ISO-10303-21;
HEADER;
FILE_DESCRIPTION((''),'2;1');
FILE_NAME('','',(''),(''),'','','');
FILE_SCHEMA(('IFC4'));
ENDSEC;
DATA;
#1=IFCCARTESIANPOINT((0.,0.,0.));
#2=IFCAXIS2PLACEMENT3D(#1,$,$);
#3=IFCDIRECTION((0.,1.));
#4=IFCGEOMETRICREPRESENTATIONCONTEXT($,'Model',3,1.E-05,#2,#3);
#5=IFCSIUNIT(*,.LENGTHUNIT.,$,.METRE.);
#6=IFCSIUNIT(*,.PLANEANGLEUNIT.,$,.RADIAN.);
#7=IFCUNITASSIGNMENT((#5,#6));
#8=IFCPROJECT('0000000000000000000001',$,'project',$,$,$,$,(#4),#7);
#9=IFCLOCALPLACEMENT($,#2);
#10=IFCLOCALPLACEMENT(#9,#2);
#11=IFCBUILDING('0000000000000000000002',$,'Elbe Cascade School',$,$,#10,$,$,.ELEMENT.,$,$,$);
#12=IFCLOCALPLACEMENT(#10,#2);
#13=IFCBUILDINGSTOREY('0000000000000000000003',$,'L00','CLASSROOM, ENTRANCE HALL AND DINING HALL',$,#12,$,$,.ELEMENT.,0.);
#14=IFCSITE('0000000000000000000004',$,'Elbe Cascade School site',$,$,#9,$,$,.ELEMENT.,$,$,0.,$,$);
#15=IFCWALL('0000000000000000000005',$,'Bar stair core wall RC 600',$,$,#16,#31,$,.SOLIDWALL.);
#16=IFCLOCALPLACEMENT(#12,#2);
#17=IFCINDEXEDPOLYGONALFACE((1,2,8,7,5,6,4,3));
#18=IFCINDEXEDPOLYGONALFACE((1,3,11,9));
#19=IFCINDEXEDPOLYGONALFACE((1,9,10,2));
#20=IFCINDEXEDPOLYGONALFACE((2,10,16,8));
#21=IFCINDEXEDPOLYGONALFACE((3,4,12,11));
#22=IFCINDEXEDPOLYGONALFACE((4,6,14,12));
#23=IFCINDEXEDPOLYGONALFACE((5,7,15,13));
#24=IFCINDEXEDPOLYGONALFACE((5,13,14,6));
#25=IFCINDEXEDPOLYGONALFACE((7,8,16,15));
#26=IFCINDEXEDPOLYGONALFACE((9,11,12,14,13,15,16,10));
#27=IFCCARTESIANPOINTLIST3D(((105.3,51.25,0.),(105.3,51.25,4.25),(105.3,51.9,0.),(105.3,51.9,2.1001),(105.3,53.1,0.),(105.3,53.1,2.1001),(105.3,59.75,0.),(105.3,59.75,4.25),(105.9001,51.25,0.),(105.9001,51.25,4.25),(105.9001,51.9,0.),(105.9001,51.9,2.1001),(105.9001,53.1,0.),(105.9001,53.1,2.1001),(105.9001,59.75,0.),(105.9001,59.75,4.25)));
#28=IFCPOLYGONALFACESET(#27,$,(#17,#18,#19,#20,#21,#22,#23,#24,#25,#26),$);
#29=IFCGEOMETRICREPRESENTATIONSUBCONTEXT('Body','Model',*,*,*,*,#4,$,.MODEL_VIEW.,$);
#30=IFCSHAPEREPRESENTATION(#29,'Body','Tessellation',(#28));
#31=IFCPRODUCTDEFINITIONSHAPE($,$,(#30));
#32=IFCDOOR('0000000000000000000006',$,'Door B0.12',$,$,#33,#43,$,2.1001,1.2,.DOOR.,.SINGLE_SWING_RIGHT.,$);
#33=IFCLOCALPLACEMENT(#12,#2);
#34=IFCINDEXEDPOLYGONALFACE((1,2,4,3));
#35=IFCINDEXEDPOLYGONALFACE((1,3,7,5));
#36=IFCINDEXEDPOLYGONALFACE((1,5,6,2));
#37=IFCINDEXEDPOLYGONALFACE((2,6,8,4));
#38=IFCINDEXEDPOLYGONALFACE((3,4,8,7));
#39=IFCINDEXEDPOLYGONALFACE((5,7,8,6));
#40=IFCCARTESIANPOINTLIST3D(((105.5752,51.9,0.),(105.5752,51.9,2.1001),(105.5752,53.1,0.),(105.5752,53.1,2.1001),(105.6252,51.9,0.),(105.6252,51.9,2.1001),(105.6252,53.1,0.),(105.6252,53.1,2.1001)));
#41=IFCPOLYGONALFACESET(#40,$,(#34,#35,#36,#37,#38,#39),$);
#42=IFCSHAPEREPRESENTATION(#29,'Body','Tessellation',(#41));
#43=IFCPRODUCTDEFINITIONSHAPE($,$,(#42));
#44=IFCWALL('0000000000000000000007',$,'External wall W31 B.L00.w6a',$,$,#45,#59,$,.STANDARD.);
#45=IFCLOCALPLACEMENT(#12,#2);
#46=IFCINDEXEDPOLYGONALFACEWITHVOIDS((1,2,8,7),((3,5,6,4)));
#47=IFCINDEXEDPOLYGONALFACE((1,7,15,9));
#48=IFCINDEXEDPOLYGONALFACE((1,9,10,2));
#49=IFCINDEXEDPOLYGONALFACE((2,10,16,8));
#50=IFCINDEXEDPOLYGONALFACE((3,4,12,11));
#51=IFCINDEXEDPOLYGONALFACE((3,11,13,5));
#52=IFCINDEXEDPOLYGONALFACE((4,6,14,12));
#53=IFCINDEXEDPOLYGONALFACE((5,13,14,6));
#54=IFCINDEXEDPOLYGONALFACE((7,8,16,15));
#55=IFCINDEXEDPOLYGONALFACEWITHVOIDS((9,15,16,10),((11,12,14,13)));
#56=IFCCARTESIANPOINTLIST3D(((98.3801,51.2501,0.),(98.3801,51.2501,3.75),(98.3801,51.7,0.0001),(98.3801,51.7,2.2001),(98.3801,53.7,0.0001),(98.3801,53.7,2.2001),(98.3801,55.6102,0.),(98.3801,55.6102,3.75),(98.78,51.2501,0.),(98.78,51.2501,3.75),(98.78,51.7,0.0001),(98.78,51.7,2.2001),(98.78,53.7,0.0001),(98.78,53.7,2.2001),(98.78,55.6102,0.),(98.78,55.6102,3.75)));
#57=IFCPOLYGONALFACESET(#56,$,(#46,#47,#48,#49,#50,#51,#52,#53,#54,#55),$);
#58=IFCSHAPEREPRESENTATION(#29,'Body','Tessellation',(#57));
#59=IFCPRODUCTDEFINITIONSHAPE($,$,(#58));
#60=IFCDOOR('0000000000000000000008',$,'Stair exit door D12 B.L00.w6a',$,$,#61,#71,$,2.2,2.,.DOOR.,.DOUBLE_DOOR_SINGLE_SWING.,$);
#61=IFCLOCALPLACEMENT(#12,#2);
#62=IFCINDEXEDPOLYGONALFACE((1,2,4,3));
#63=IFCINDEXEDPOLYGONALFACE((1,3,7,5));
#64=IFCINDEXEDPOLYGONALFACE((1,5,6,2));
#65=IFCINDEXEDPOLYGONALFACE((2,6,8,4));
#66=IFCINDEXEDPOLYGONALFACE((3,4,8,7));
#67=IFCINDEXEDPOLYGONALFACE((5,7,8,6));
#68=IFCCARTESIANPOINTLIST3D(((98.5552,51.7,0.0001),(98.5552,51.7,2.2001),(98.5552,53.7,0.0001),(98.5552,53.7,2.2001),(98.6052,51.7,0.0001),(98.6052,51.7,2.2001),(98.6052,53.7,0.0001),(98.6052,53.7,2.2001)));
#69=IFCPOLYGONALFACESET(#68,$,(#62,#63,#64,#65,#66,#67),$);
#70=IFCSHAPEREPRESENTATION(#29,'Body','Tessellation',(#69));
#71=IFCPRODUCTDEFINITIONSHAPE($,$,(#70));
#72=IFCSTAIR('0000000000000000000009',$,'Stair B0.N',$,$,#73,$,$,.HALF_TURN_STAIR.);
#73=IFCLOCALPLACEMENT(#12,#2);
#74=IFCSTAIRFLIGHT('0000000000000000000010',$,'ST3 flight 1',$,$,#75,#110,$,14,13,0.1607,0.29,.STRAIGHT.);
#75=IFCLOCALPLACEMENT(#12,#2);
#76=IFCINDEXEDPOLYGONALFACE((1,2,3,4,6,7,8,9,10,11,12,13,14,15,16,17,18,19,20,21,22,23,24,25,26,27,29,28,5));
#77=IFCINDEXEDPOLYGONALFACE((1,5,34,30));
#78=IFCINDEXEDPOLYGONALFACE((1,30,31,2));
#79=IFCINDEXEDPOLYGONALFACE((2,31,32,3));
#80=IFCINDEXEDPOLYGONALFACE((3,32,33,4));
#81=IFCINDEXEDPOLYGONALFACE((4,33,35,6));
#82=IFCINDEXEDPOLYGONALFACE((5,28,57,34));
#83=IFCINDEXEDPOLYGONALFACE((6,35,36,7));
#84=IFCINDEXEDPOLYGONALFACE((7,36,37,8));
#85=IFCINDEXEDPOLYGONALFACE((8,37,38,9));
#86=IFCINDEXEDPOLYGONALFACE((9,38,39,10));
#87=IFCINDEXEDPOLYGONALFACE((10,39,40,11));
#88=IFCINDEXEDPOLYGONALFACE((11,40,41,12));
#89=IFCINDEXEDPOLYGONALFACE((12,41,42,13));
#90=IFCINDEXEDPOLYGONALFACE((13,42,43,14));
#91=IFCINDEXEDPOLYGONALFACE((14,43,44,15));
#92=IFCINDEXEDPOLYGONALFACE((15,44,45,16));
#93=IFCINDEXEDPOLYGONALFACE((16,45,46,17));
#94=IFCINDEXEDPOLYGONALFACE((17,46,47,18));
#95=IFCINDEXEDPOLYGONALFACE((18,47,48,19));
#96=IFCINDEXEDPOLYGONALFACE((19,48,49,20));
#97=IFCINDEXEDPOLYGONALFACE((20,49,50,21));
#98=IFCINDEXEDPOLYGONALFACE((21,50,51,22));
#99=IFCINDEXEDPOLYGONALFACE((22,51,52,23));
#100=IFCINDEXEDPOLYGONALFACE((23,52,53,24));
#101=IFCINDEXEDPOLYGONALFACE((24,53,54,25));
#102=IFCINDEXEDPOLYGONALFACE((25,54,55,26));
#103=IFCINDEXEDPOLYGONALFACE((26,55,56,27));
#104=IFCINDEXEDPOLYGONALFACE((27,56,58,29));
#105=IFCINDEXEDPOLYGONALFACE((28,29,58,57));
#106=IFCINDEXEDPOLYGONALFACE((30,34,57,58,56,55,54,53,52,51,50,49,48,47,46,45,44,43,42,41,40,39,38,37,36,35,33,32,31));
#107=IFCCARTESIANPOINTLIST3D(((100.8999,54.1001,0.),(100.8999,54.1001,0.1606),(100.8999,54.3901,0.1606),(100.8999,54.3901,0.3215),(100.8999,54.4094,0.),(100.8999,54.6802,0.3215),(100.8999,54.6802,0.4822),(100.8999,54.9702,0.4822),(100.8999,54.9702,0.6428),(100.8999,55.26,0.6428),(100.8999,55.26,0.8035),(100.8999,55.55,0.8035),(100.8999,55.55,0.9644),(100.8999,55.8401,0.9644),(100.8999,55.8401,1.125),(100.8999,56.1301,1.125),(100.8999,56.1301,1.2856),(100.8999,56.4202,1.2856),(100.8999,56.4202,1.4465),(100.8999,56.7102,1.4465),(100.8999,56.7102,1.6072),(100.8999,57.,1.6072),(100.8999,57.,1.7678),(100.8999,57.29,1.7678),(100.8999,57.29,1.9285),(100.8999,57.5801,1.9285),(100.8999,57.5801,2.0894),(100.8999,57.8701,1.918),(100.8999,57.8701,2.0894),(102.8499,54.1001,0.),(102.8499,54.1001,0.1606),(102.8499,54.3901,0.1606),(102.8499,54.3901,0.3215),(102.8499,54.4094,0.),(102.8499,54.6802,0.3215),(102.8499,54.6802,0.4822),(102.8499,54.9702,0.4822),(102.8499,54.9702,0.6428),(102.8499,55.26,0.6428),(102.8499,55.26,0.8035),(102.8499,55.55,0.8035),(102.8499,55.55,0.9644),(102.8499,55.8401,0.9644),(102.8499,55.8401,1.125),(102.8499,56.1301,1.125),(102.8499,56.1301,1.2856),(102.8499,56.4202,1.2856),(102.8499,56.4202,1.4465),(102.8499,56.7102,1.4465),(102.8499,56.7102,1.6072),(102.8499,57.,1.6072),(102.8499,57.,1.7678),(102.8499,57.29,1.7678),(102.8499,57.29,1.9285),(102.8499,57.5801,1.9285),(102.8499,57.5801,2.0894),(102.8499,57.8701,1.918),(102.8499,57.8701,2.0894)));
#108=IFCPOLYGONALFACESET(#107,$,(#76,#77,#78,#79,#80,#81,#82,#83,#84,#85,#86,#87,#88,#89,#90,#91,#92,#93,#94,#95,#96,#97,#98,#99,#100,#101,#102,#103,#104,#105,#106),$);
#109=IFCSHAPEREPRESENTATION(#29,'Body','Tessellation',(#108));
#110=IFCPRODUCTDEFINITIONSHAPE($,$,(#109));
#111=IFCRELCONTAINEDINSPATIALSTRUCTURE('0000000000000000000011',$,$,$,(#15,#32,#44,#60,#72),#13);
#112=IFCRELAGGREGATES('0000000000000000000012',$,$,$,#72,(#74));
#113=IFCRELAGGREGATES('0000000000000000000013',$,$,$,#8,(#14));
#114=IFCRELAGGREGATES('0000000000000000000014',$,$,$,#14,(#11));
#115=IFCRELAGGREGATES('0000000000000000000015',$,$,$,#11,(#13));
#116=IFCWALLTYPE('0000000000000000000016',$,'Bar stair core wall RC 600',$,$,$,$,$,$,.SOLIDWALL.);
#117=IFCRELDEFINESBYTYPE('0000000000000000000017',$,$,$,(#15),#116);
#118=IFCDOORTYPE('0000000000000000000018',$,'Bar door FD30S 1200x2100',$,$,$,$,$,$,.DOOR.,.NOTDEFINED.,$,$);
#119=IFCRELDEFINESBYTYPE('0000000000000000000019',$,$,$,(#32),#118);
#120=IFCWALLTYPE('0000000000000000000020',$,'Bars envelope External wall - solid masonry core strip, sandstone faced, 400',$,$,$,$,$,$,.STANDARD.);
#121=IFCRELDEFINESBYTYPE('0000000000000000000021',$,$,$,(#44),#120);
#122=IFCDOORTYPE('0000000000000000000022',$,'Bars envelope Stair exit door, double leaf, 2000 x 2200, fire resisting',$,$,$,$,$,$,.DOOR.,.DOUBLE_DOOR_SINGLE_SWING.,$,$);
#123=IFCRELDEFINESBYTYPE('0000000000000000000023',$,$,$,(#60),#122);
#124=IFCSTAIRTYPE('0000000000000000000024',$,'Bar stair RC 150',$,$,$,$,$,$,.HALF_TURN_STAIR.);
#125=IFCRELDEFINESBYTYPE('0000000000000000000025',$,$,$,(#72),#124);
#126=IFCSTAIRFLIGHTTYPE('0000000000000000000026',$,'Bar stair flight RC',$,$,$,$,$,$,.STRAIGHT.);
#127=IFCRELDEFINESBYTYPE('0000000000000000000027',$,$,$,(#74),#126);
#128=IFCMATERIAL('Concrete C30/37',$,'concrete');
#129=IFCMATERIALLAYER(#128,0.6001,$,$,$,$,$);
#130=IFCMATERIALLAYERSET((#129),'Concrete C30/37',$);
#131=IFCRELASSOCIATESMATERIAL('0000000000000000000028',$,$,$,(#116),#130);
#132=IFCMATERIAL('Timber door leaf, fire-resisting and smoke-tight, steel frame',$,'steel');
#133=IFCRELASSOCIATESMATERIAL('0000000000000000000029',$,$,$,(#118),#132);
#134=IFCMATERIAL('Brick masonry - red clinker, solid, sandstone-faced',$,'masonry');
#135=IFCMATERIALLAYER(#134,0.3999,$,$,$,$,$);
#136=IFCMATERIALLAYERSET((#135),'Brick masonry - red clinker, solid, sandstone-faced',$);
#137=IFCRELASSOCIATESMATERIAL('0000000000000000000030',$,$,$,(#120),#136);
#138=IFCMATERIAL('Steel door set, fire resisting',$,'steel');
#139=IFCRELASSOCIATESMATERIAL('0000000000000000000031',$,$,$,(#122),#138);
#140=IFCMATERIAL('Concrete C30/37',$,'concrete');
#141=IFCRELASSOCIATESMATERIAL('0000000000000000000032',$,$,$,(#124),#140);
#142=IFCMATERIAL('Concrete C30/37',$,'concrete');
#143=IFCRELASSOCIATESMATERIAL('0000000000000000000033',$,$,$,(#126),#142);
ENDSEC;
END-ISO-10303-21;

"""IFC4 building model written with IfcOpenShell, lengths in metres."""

from ifc_helpers import new_model, si_unit, direction, frame, frame_2d, origin, place, context, subcontext, project, spatial, polyline, rectangle, outline, extrude, material, layer, layer_set, type_object, element, fill, aggregate, save


model = new_model("IFC4")

# Units and contexts
model_context = context("Model", 3, precision=1e-05, world=origin(), true_north=direction((0.0, 1.0)))
body_context = subcontext(model_context, "Body", "Model", "MODEL_VIEW")
ifc_project = project(units=[si_unit("LENGTHUNIT", "METRE"), si_unit("PLANEANGLEUNIT", "RADIAN")], contexts=[model_context])

# Site, building, storey
site_placement = place(None, origin())
site = spatial("IfcSite", under=ifc_project, at=site_placement, Name="Elbe Cascade School site", CompositionType="ELEMENT", RefElevation=0.0)
building_placement = place(site_placement, origin())
building = spatial("IfcBuilding", under=site, at=building_placement, Name="Elbe Cascade School", CompositionType="ELEMENT")
storey_placement = place(building_placement, origin())
storey = spatial("IfcBuildingStorey", under=building, at=storey_placement, Name="L00", Description="CLASSROOM, ENTRANCE HALL AND DINING HALL", CompositionType="ELEMENT", Elevation=0.0)

# Walls, openings, doors
ifc_material_1 = material(Name="Concrete C30/37", Category="concrete")
ifc_layer_1 = layer(ifc_material_1, 0.6001)
ifc_layer_set_1 = layer_set([ifc_layer_1], Name="Concrete C30/37")
wall_type_1 = type_object("IfcWallType", Name="Bar stair core wall RC 600", PredefinedType="SOLIDWALL", material=ifc_layer_set_1)
wall_1_placement = place(storey_placement, frame((105.6001, 51.25, 0.0), z_axis=(0.0, 0.0, 1.0), x_axis=(0.0, 1.0, 0.0)))
wall_1 = element("IfcWall", 1, at=wall_1_placement, inside=storey, type_object=wall_type_1, Name="Bar stair core wall RC 600", PredefinedType="SOLIDWALL", context=body_context, shape_type="SweptSolid", body=[
    extrude(rectangle(XDim=8.5, YDim=0.6001, at=frame_2d((4.25, 0.0))), origin(), (0.0, 0.0, 1.0), 4.25),
])
opening_1_placement = place(wall_1_placement, frame((0.6499, 0.0, 0.0)))
opening_1 = element("IfcOpeningElement", 2, at=opening_1_placement, cuts=wall_1, PredefinedType="OPENING", context=body_context, shape_type="SweptSolid", body=[
    extrude(rectangle(XDim=1.2, YDim=2.1001, at=frame_2d((0.6001, 1.05))), frame((0.0, 0.3101, 0.0), z_axis=(0.0, -1.0, 0.0), x_axis=(1.0, 0.0, 0.0)), (0.0, 0.0, 1.0), 0.6201),
])
ifc_material_2 = material(Name="Timber door leaf, fire-resisting and smoke-tight, steel frame", Category="steel")
door_type_1 = type_object("IfcDoorType", Name="Bar door FD30S 1200x2100", OperationType="NOTDEFINED", PredefinedType="DOOR", material=ifc_material_2)
door_1_placement = place(opening_1_placement, origin())
door_1 = element("IfcDoor", 3, at=door_1_placement, inside=storey, type_object=door_type_1, Name="Door B0.12", OperationType="SINGLE_SWING_RIGHT", OverallHeight=2.1001, OverallWidth=1.2, PredefinedType="DOOR", context=body_context, shape_type="SweptSolid", body=[
    extrude(rectangle(XDim=1.2, YDim=2.1001, at=frame_2d((0.6001, 1.05))), frame((0.0, 0.0249, 0.0), z_axis=(0.0, -1.0, 0.0), x_axis=(1.0, 0.0, 0.0)), (0.0, 0.0, 1.0), 0.05),
])
fill(opening_1, door_1)
ifc_material_3 = material(Name="Brick masonry - red clinker, solid, sandstone-faced", Category="masonry")
ifc_layer_2 = layer(ifc_material_3, 0.3999)
ifc_layer_set_2 = layer_set([ifc_layer_2], Name="Brick masonry - red clinker, solid, sandstone-faced")
wall_type_2 = type_object("IfcWallType", Name="Bars envelope External wall - solid masonry core strip, sandstone faced, 400", PredefinedType="STANDARD", material=ifc_layer_set_2)
wall_2_placement = place(storey_placement, frame((98.5801, 51.25, 0.0), z_axis=(0.0, 0.0, 1.0), x_axis=(0.0, 1.0, 0.0)))
wall_2 = element("IfcWall", 4, at=wall_2_placement, inside=storey, type_object=wall_type_2, Name="External wall W31 B.L00.w6a", PredefinedType="STANDARD", context=body_context, shape_type="SweptSolid", body=[
    extrude(rectangle(XDim=4.3601, YDim=0.3999, at=frame_2d((2.1802, 0.0))), origin(), (0.0, 0.0, 1.0), 3.75),
])
opening_2_placement = place(wall_2_placement, frame((0.45, 0.0, 0.0)))
opening_2 = element("IfcOpeningElement", 5, at=opening_2_placement, cuts=wall_2, PredefinedType="OPENING", context=body_context, shape_type="SweptSolid", body=[
    extrude(rectangle(XDim=2.0, YDim=2.2, at=frame_2d((1.0, 1.1001))), frame((0.0, 0.21, 0.0), z_axis=(0.0, -1.0, 0.0), x_axis=(1.0, 0.0, 0.0)), (0.0, 0.0, 1.0), 0.4199),
])
ifc_material_4 = material(Name="Steel door set, fire resisting", Category="steel")
door_type_2 = type_object("IfcDoorType", Name="Bars envelope Stair exit door, double leaf, 2000 x 2200, fire resisting", OperationType="DOUBLE_DOOR_SINGLE_SWING", PredefinedType="DOOR", material=ifc_material_4)
door_2_placement = place(opening_2_placement, origin())
door_2 = element("IfcDoor", 6, at=door_2_placement, inside=storey, type_object=door_type_2, Name="Stair exit door D12 B.L00.w6a", OperationType="DOUBLE_DOOR_SINGLE_SWING", OverallHeight=2.2, OverallWidth=2.0, PredefinedType="DOOR", context=body_context, shape_type="SweptSolid", body=[
    extrude(rectangle(XDim=2.0, YDim=2.2, at=frame_2d((1.0, 1.1001))), frame((0.0, 0.0249, 0.0), z_axis=(0.0, -1.0, 0.0), x_axis=(1.0, 0.0, 0.0)), (0.0, 0.0, 1.0), 0.05),
])
fill(opening_2, door_2)

# Stair, stair flight
ifc_material_5 = material(Name="Concrete C30/37", Category="concrete")
stair_type = type_object("IfcStairType", Name="Bar stair RC 150", PredefinedType="HALF_TURN_STAIR", material=ifc_material_5)
stair_placement = place(storey_placement, origin())
stair = element("IfcStair", 7, at=stair_placement, inside=storey, type_object=stair_type, Name="Stair B0.N", PredefinedType="HALF_TURN_STAIR")
ifc_material_6 = material(Name="Concrete C30/37", Category="concrete")
stair_flight_type = type_object("IfcStairFlightType", Name="Bar stair flight RC", PredefinedType="STRAIGHT", material=ifc_material_6)
stair_flight_placement = place(storey_placement, frame((101.875, 54.1001, 0.0), z_axis=(0.0, 0.0, 1.0), x_axis=(0.0, 1.0, 0.0)))
stair_flight = element("IfcStairFlight", 8, at=stair_flight_placement, type_object=stair_flight_type, Name="ST3 flight 1", NumberOfRisers=14, NumberOfTreads=13, PredefinedType="STRAIGHT", RiserHeight=0.1607, TreadLength=0.29, context=body_context, shape_type="SweptSolid", body=[
    extrude(outline(polyline([(0.0, 0.0), (0.0, 0.1606), (0.29, 0.1606), (0.29, 0.3215), (0.5801, 0.3215), (0.5801, 0.4822), (0.8701, 0.4822), (0.8701, 0.6428), (1.1599, 0.6428), (1.1599, 0.8035), (1.45, 0.8035), (1.45, 0.9644), (1.74, 0.9644), (1.74, 1.125), (2.03, 1.125), (2.03, 1.2856), (2.3201, 1.2856), (2.3201, 1.4465), (2.6101, 1.4465), (2.6101, 1.6072), (2.8999, 1.6072), (2.8999, 1.7678), (3.1899, 1.7678), (3.1899, 1.9285), (3.48, 1.9285), (3.48, 2.0894), (3.77, 2.0894), (3.77, 2.25), (3.77, 1.918), (0.3093, 0.0), (0.0, 0.0)])), frame((0.0, 0.9751, 0.0), z_axis=(0.0, -1.0, 0.0), x_axis=(1.0, 0.0, 0.0)), (0.0, 0.0, 1.0), 1.95),
])
aggregate(stair, [stair_flight])

save(model, "model.ifc")
